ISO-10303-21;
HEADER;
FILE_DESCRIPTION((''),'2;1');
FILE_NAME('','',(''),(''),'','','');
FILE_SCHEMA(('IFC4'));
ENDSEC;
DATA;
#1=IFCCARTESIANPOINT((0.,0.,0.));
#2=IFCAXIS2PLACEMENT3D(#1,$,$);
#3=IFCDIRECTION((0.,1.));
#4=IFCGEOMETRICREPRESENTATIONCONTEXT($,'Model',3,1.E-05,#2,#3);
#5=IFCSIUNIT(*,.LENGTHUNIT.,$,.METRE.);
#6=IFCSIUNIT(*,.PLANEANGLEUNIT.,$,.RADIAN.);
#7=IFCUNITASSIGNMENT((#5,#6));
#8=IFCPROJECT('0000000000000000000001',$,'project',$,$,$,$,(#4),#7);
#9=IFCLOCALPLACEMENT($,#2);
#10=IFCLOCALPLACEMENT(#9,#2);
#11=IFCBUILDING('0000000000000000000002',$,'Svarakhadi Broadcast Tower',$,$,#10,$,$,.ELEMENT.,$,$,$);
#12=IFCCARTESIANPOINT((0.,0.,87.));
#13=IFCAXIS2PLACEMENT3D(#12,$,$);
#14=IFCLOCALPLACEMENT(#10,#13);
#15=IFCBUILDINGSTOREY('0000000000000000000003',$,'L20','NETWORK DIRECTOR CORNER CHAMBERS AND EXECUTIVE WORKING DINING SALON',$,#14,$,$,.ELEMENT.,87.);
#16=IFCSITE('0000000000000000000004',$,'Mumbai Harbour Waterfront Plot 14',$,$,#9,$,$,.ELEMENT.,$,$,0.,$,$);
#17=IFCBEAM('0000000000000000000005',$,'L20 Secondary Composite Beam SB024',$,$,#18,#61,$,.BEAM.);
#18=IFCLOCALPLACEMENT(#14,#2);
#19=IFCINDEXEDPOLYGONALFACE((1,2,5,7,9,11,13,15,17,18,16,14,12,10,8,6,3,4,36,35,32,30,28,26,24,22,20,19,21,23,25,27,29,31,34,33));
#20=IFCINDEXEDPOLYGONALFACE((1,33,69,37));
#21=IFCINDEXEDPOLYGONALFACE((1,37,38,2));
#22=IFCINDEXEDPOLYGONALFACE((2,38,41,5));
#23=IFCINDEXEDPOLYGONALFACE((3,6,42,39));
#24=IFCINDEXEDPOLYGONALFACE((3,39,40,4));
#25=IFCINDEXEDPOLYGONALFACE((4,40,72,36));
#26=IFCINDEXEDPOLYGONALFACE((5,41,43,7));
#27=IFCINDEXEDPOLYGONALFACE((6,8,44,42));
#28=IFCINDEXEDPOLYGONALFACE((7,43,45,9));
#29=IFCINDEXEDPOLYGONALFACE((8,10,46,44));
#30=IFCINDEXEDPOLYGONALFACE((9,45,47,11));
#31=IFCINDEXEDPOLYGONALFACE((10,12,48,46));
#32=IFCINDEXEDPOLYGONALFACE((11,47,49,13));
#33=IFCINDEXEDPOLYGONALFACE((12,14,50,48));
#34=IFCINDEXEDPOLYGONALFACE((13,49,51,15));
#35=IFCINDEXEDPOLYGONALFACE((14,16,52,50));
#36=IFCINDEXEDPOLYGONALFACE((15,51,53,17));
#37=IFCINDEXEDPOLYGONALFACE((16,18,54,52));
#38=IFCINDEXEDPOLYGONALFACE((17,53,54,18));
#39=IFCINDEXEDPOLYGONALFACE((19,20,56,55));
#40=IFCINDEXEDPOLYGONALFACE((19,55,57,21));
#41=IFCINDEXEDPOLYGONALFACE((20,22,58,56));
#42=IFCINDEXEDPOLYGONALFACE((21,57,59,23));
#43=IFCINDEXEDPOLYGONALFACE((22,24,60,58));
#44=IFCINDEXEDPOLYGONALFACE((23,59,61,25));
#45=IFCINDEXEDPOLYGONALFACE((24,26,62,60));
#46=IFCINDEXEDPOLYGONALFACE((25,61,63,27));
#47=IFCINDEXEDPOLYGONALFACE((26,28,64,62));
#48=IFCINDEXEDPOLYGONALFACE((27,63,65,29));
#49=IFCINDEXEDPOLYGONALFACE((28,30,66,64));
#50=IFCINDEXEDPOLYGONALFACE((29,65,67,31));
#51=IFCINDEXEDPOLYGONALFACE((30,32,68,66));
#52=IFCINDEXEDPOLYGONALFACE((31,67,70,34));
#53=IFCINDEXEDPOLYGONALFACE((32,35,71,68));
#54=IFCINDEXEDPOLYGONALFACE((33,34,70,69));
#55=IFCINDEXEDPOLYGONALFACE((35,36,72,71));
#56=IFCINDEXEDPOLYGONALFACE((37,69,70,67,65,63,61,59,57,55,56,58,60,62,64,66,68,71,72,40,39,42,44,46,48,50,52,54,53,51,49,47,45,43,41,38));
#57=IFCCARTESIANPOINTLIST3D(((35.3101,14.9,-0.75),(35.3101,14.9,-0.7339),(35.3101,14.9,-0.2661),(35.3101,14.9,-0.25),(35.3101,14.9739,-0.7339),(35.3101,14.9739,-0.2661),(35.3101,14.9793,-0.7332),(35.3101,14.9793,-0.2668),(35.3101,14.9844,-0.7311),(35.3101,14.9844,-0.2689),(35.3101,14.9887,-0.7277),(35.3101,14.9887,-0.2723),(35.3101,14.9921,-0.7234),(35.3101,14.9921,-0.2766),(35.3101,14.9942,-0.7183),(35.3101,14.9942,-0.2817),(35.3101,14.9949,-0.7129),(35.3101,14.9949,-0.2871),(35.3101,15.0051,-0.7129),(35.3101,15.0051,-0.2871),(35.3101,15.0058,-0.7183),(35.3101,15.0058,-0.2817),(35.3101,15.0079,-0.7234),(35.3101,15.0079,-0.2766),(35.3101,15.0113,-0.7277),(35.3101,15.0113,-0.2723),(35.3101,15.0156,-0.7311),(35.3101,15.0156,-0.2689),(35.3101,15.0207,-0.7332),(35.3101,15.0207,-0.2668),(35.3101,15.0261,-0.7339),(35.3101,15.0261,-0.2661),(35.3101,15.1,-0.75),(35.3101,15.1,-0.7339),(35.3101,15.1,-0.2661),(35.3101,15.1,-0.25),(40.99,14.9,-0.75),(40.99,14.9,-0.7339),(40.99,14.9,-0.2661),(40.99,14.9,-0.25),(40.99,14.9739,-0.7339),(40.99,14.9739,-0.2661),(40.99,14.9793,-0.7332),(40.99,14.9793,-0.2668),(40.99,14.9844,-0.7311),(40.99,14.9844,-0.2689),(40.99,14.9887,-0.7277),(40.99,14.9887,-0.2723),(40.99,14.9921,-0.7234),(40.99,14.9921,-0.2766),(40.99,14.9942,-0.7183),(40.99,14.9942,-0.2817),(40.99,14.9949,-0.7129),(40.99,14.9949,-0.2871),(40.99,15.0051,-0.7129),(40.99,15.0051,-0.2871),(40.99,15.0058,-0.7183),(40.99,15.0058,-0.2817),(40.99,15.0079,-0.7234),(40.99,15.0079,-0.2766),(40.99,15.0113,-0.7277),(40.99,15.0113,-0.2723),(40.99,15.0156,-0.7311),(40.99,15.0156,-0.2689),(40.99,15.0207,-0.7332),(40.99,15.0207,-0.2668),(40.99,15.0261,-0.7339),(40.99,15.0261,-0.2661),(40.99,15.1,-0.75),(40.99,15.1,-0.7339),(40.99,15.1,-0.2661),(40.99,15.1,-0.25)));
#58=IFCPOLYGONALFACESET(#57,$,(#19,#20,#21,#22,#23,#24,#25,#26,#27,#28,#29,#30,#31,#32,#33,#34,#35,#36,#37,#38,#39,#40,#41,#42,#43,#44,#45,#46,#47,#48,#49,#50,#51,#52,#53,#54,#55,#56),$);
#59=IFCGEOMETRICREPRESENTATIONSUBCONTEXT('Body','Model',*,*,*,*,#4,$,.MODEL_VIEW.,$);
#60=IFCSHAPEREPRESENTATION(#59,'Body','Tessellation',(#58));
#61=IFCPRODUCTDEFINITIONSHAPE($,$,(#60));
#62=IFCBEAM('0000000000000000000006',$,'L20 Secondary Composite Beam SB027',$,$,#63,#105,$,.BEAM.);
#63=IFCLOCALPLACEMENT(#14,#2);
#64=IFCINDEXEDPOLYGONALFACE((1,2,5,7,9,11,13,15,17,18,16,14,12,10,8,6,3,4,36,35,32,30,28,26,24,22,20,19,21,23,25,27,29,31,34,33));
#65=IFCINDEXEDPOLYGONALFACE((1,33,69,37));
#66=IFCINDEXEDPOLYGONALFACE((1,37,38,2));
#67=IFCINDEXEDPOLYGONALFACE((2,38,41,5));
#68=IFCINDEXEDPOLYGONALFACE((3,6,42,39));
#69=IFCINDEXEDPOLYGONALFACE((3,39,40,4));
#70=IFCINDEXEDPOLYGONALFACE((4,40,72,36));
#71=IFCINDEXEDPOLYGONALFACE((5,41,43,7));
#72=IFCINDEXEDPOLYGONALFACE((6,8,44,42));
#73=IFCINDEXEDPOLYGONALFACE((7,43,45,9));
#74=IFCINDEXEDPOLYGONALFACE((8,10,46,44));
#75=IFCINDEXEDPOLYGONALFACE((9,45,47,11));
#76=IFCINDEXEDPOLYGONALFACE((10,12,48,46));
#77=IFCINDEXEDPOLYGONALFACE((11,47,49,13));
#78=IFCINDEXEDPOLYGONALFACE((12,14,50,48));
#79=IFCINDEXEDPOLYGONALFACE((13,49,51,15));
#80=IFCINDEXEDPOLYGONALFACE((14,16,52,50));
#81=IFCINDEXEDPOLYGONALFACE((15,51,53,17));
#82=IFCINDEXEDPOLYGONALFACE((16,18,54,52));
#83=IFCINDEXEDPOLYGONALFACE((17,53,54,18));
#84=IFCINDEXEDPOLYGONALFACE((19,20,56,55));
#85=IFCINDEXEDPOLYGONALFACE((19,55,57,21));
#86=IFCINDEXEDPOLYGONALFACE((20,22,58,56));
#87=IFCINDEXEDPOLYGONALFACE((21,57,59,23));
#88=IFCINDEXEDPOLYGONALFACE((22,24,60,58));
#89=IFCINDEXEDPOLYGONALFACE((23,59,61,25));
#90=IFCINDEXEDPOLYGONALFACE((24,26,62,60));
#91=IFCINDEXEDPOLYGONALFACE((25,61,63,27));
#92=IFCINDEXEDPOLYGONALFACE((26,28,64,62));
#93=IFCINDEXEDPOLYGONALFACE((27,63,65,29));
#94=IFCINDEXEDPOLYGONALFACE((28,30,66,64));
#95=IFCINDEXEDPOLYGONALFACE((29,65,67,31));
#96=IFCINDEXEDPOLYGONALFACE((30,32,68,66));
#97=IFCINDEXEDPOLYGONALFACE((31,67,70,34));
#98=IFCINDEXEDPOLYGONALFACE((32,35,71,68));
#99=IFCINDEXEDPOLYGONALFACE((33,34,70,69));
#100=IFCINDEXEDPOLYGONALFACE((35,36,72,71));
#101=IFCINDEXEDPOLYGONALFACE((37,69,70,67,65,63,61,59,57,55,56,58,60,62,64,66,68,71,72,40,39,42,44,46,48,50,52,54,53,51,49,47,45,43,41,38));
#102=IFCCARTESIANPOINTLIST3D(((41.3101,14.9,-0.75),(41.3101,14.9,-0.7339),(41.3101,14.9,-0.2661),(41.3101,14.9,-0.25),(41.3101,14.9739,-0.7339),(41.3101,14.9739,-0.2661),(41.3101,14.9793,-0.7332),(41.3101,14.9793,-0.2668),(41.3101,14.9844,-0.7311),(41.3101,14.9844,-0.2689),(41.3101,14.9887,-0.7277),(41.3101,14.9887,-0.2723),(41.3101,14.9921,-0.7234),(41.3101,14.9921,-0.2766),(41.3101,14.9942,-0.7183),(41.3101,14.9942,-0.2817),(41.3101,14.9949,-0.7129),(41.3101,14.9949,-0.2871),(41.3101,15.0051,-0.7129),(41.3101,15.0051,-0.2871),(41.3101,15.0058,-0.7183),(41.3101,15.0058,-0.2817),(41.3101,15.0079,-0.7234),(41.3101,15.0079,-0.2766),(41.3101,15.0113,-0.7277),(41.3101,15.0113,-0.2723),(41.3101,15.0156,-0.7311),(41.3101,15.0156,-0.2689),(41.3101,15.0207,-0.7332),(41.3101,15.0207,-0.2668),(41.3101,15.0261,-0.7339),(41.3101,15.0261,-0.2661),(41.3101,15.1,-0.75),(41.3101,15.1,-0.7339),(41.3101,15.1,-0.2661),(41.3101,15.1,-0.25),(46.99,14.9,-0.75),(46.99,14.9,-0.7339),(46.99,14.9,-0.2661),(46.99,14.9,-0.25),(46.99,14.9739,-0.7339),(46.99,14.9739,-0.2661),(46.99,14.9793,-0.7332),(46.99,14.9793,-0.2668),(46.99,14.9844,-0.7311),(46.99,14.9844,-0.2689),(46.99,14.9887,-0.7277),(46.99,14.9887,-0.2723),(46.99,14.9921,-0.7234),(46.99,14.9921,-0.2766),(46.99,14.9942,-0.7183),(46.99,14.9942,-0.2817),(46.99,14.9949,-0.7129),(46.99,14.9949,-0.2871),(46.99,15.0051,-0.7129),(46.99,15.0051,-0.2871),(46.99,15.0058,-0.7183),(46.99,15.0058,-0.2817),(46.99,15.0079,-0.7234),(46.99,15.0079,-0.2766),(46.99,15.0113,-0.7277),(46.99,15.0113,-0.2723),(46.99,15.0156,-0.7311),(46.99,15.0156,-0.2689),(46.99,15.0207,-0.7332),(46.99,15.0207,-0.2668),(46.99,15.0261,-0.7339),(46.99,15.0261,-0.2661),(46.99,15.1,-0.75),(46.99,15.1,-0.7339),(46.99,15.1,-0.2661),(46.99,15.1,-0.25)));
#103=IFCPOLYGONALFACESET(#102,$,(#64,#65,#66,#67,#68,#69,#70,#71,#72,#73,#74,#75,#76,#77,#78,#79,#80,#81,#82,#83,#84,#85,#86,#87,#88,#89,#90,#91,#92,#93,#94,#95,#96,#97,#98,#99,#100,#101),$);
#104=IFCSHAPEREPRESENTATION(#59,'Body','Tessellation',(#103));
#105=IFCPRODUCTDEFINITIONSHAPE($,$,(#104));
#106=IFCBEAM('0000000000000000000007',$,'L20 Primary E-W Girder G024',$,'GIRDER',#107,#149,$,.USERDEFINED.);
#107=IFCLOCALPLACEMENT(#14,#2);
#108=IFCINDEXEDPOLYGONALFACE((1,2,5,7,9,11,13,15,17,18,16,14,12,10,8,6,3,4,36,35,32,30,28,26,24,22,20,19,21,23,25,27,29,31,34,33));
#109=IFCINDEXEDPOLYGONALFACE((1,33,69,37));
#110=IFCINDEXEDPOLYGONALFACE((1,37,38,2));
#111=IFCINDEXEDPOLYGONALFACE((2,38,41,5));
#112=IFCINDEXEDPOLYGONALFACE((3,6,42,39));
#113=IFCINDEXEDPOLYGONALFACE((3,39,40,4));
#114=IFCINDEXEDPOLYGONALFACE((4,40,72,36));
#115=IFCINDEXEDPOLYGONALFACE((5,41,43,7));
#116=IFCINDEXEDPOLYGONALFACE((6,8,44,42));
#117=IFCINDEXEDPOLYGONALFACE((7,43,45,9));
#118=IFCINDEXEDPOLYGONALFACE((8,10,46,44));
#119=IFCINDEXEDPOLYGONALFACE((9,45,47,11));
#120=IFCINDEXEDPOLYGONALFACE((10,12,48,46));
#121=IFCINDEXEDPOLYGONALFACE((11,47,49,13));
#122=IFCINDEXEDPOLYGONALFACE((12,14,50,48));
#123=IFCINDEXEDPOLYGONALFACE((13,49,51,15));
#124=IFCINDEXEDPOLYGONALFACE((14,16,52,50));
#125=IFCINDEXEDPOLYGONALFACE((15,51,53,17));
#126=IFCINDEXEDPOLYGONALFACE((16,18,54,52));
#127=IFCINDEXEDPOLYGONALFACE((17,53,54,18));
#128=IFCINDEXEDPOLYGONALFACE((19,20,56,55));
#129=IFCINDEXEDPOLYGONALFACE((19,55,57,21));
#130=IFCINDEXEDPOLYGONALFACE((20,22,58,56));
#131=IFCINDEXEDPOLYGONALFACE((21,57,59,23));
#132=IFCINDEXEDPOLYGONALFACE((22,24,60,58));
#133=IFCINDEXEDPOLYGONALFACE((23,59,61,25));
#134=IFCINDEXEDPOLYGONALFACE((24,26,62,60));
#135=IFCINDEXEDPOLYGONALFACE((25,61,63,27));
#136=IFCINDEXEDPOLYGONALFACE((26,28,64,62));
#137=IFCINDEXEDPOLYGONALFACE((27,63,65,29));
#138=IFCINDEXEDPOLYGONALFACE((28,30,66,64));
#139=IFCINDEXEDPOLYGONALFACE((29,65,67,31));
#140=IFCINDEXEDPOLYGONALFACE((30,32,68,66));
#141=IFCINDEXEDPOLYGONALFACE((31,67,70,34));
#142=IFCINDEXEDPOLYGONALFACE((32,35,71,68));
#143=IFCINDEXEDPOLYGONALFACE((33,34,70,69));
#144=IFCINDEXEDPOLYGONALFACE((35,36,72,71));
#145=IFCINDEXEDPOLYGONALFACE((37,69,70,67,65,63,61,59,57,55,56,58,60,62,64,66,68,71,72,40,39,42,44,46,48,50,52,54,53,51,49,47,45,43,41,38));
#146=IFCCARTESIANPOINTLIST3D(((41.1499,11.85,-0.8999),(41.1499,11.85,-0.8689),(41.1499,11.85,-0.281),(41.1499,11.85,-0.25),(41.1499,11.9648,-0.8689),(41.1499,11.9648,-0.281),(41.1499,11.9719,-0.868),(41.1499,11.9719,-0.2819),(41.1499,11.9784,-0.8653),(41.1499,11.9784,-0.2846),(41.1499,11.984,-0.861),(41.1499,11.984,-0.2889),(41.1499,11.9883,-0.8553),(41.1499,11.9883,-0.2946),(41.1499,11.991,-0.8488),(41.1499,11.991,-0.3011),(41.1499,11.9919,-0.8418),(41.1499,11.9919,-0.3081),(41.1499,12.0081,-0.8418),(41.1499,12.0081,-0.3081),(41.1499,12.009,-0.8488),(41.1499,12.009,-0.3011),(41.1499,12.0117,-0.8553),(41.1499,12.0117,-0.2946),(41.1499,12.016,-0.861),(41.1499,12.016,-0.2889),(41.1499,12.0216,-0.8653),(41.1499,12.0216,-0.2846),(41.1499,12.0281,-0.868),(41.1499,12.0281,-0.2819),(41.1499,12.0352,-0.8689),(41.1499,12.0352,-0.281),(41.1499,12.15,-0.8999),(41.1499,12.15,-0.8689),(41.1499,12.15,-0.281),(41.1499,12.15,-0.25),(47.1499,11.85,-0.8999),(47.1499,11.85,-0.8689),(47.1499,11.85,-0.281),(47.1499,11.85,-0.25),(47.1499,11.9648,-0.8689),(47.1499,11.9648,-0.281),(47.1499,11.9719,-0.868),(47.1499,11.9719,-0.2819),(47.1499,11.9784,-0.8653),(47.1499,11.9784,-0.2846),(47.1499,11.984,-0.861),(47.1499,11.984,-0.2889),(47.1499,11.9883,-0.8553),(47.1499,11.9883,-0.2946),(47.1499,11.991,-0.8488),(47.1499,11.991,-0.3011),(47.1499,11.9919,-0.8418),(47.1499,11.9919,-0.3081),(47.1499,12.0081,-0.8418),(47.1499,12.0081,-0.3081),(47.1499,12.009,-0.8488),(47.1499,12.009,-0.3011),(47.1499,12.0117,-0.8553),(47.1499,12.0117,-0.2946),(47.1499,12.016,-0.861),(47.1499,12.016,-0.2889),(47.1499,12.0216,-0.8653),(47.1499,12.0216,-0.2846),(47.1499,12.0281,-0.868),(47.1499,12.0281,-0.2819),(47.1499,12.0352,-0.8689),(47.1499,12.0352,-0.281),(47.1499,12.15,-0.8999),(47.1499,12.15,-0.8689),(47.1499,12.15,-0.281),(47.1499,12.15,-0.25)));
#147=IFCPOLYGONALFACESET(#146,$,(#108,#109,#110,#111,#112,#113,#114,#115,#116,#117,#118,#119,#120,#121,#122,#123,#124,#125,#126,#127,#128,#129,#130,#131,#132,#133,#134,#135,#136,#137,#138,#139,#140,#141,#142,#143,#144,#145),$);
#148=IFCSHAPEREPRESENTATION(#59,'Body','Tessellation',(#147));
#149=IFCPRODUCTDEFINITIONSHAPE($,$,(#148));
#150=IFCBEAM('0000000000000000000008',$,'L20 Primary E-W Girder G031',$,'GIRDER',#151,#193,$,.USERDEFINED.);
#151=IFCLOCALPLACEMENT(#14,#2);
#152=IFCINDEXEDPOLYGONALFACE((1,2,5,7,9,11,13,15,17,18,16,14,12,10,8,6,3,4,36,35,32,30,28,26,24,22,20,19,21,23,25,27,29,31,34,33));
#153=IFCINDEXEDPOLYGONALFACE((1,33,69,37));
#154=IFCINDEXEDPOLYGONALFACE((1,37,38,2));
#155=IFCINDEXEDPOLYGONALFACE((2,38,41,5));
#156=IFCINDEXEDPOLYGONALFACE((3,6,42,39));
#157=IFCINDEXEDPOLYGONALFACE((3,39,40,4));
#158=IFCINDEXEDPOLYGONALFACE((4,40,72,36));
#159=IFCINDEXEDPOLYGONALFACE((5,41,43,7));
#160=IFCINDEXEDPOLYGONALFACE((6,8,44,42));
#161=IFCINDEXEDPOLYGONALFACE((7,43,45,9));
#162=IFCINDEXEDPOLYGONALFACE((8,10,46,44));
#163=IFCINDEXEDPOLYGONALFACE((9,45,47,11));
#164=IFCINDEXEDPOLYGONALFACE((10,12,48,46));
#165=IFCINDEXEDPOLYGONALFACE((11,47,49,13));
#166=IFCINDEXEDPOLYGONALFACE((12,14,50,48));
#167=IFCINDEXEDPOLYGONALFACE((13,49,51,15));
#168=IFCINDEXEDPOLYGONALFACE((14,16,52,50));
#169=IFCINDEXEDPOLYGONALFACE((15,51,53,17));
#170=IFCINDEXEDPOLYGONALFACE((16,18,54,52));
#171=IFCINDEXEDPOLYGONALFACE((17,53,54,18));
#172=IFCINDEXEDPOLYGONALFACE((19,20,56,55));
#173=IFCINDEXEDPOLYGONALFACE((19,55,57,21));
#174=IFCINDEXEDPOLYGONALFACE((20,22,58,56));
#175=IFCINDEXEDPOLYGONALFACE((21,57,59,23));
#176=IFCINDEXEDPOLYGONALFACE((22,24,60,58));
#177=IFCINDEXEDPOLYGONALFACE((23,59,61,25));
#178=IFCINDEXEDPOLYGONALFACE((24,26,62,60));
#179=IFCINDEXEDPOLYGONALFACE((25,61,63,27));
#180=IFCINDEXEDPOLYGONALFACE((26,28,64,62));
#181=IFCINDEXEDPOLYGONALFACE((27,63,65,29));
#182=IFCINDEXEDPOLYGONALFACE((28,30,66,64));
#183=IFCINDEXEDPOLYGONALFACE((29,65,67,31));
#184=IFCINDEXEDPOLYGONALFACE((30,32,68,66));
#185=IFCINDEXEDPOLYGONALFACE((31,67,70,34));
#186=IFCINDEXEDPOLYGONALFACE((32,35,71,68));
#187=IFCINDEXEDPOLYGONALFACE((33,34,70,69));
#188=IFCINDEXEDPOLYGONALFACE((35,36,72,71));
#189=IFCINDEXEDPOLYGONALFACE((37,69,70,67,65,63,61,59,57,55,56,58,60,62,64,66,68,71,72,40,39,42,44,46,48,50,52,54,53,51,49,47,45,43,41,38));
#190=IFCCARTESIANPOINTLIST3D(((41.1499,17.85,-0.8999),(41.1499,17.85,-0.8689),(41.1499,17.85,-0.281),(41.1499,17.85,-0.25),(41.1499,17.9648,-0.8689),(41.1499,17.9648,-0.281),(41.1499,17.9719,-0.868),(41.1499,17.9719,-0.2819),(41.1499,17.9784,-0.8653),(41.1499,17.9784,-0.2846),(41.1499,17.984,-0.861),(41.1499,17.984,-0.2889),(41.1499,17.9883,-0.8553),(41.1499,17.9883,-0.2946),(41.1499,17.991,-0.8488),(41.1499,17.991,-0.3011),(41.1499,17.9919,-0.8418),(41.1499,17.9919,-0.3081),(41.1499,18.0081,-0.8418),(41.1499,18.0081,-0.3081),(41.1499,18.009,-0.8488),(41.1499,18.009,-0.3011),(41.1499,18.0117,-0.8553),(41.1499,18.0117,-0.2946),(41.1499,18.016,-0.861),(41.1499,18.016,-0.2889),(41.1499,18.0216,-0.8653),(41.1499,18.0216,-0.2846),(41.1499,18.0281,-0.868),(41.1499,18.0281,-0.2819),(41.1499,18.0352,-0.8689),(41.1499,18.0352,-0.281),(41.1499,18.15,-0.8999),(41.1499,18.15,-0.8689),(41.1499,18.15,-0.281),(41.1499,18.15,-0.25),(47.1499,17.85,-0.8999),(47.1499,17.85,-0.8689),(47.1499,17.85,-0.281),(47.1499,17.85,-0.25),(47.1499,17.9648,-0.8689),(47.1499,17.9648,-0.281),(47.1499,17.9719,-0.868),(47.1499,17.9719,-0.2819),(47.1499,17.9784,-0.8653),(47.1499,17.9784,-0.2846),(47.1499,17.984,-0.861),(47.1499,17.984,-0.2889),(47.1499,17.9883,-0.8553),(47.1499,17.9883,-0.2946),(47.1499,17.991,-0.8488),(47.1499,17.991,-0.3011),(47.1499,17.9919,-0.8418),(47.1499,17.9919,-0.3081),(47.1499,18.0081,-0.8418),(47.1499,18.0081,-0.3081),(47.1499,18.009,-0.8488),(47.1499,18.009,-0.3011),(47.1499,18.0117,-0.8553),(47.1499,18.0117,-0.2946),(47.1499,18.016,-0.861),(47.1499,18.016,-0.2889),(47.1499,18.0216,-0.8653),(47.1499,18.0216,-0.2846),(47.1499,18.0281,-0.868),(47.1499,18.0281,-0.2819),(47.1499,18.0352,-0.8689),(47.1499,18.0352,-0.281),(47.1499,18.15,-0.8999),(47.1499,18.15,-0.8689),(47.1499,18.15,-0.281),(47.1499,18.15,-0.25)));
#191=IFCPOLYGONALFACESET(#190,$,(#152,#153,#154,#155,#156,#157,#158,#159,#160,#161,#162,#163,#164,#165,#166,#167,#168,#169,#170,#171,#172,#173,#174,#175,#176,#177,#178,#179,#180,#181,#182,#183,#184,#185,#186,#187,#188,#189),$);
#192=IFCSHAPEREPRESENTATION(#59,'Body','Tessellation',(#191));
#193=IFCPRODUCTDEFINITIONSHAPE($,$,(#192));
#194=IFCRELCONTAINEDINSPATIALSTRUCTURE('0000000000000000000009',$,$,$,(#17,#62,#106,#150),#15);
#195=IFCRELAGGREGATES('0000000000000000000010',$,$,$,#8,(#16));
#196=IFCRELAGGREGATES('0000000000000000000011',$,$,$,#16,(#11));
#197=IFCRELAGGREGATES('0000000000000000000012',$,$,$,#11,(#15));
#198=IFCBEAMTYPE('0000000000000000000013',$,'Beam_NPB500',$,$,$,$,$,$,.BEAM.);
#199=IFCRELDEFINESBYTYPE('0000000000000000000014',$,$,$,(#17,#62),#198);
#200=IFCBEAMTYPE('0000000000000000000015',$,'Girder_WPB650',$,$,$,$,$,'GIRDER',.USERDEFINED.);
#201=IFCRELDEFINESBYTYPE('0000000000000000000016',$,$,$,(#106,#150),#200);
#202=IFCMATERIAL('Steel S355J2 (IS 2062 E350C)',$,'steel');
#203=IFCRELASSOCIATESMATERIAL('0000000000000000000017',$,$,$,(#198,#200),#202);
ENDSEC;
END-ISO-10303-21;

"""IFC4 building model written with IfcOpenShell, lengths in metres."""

from ifc_helpers import new_model, si_unit, direction, frame, origin, origin_2d, place, context, subcontext, project, spatial, i_section, extrude, material, material_profile, profile_set, type_object, element, save


model = new_model("IFC4")

# Units and contexts
model_context = context("Model", 3, precision=1e-05, world=origin(), true_north=direction((0.0, 1.0)))
body_context = subcontext(model_context, "Body", "Model", "MODEL_VIEW")
ifc_project = project(units=[si_unit("LENGTHUNIT", "METRE"), si_unit("PLANEANGLEUNIT", "RADIAN")], contexts=[model_context])

# Site, building, storey
site_placement = place(None, origin())
site = spatial("IfcSite", under=ifc_project, at=site_placement, Name="Mumbai Harbour Waterfront Plot 14", CompositionType="ELEMENT", RefElevation=0.0)
building_placement = place(site_placement, origin())
building = spatial("IfcBuilding", under=site, at=building_placement, Name="Svarakhadi Broadcast Tower", CompositionType="ELEMENT")
storey_placement = place(building_placement, frame((0.0, 0.0, 87.0)))
storey = spatial("IfcBuildingStorey", under=building, at=storey_placement, Name="L20", Description="NETWORK DIRECTOR CORNER CHAMBERS AND EXECUTIVE WORKING DINING SALON", CompositionType="ELEMENT", Elevation=87.0)

# Beams
ifc_material_1 = material(Name="Steel S355J2 (IS 2062 E350C)", Category="steel")
ifc_material_profile_1 = material_profile(ifc_material_1, i_section(OverallWidth=0.2, OverallDepth=0.5, WebThickness=0.0103, FlangeThickness=0.0161, FilletRadius=0.021, at=origin_2d()), Name="NPB 500x200x91")
ifc_profile_set_1 = profile_set([ifc_material_profile_1], Name="Steel S355J2 (IS 2062 E350C)")
beam_type_1 = type_object("IfcBeamType", Name="Beam_NPB500", PredefinedType="BEAM", material=ifc_profile_set_1)
for number, where, z_axis, x_axis, name in (
    (1, (35.3101, 15.0, -0.5), (1.0, 0.0, 0.0), (0.0, 1.0, 0.0), "L20 Secondary Composite Beam SB024"),
    (2, (41.3101, 15.0, -0.5), (1.0, 0.0, 0.0), (0.0, 1.0, 0.0), "L20 Secondary Composite Beam SB027"),
):
    element("IfcBeam", number, at=place(storey_placement, frame(where, z_axis=z_axis, x_axis=x_axis)), inside=storey, type_object=beam_type_1, Name=name, PredefinedType="BEAM", context=body_context, shape_type="SweptSolid", body=[
        extrude(i_section(OverallWidth=0.2, OverallDepth=0.5, WebThickness=0.0103, FlangeThickness=0.0161, FilletRadius=0.021, at=origin_2d()), origin(), (0.0, 0.0, 1.0), 5.6799),
    ])
ifc_material_profile_2 = material_profile(ifc_material_1, i_section(OverallWidth=0.3, OverallDepth=0.6499, WebThickness=0.0161, FlangeThickness=0.031, FilletRadius=0.0271, at=origin_2d()), Name="WPB 650x300x225")
ifc_profile_set_2 = profile_set([ifc_material_profile_2], Name="Steel S355J2 (IS 2062 E350C)")
beam_type_2 = type_object("IfcBeamType", Name="Girder_WPB650", ElementType="GIRDER", PredefinedType="USERDEFINED", material=ifc_profile_set_2)
for number, where, z_axis, x_axis, name in (
    (3, (41.1499, 12.0, -0.575), (1.0, 0.0, 0.0), (0.0, 1.0, 0.0), "L20 Primary E-W Girder G024"),
    (4, (41.1499, 18.0, -0.575), (1.0, 0.0, 0.0), (0.0, 1.0, 0.0), "L20 Primary E-W Girder G031"),
):
    element("IfcBeam", number, at=place(storey_placement, frame(where, z_axis=z_axis, x_axis=x_axis)), inside=storey, type_object=beam_type_2, Name=name, ObjectType="GIRDER", PredefinedType="USERDEFINED", context=body_context, shape_type="SweptSolid", body=[
        extrude(i_section(OverallWidth=0.3, OverallDepth=0.6499, WebThickness=0.0161, FlangeThickness=0.031, FilletRadius=0.0271, at=origin_2d()), origin(), (0.0, 0.0, 1.0), 6.0),
    ])

save(model, "model.ifc")
